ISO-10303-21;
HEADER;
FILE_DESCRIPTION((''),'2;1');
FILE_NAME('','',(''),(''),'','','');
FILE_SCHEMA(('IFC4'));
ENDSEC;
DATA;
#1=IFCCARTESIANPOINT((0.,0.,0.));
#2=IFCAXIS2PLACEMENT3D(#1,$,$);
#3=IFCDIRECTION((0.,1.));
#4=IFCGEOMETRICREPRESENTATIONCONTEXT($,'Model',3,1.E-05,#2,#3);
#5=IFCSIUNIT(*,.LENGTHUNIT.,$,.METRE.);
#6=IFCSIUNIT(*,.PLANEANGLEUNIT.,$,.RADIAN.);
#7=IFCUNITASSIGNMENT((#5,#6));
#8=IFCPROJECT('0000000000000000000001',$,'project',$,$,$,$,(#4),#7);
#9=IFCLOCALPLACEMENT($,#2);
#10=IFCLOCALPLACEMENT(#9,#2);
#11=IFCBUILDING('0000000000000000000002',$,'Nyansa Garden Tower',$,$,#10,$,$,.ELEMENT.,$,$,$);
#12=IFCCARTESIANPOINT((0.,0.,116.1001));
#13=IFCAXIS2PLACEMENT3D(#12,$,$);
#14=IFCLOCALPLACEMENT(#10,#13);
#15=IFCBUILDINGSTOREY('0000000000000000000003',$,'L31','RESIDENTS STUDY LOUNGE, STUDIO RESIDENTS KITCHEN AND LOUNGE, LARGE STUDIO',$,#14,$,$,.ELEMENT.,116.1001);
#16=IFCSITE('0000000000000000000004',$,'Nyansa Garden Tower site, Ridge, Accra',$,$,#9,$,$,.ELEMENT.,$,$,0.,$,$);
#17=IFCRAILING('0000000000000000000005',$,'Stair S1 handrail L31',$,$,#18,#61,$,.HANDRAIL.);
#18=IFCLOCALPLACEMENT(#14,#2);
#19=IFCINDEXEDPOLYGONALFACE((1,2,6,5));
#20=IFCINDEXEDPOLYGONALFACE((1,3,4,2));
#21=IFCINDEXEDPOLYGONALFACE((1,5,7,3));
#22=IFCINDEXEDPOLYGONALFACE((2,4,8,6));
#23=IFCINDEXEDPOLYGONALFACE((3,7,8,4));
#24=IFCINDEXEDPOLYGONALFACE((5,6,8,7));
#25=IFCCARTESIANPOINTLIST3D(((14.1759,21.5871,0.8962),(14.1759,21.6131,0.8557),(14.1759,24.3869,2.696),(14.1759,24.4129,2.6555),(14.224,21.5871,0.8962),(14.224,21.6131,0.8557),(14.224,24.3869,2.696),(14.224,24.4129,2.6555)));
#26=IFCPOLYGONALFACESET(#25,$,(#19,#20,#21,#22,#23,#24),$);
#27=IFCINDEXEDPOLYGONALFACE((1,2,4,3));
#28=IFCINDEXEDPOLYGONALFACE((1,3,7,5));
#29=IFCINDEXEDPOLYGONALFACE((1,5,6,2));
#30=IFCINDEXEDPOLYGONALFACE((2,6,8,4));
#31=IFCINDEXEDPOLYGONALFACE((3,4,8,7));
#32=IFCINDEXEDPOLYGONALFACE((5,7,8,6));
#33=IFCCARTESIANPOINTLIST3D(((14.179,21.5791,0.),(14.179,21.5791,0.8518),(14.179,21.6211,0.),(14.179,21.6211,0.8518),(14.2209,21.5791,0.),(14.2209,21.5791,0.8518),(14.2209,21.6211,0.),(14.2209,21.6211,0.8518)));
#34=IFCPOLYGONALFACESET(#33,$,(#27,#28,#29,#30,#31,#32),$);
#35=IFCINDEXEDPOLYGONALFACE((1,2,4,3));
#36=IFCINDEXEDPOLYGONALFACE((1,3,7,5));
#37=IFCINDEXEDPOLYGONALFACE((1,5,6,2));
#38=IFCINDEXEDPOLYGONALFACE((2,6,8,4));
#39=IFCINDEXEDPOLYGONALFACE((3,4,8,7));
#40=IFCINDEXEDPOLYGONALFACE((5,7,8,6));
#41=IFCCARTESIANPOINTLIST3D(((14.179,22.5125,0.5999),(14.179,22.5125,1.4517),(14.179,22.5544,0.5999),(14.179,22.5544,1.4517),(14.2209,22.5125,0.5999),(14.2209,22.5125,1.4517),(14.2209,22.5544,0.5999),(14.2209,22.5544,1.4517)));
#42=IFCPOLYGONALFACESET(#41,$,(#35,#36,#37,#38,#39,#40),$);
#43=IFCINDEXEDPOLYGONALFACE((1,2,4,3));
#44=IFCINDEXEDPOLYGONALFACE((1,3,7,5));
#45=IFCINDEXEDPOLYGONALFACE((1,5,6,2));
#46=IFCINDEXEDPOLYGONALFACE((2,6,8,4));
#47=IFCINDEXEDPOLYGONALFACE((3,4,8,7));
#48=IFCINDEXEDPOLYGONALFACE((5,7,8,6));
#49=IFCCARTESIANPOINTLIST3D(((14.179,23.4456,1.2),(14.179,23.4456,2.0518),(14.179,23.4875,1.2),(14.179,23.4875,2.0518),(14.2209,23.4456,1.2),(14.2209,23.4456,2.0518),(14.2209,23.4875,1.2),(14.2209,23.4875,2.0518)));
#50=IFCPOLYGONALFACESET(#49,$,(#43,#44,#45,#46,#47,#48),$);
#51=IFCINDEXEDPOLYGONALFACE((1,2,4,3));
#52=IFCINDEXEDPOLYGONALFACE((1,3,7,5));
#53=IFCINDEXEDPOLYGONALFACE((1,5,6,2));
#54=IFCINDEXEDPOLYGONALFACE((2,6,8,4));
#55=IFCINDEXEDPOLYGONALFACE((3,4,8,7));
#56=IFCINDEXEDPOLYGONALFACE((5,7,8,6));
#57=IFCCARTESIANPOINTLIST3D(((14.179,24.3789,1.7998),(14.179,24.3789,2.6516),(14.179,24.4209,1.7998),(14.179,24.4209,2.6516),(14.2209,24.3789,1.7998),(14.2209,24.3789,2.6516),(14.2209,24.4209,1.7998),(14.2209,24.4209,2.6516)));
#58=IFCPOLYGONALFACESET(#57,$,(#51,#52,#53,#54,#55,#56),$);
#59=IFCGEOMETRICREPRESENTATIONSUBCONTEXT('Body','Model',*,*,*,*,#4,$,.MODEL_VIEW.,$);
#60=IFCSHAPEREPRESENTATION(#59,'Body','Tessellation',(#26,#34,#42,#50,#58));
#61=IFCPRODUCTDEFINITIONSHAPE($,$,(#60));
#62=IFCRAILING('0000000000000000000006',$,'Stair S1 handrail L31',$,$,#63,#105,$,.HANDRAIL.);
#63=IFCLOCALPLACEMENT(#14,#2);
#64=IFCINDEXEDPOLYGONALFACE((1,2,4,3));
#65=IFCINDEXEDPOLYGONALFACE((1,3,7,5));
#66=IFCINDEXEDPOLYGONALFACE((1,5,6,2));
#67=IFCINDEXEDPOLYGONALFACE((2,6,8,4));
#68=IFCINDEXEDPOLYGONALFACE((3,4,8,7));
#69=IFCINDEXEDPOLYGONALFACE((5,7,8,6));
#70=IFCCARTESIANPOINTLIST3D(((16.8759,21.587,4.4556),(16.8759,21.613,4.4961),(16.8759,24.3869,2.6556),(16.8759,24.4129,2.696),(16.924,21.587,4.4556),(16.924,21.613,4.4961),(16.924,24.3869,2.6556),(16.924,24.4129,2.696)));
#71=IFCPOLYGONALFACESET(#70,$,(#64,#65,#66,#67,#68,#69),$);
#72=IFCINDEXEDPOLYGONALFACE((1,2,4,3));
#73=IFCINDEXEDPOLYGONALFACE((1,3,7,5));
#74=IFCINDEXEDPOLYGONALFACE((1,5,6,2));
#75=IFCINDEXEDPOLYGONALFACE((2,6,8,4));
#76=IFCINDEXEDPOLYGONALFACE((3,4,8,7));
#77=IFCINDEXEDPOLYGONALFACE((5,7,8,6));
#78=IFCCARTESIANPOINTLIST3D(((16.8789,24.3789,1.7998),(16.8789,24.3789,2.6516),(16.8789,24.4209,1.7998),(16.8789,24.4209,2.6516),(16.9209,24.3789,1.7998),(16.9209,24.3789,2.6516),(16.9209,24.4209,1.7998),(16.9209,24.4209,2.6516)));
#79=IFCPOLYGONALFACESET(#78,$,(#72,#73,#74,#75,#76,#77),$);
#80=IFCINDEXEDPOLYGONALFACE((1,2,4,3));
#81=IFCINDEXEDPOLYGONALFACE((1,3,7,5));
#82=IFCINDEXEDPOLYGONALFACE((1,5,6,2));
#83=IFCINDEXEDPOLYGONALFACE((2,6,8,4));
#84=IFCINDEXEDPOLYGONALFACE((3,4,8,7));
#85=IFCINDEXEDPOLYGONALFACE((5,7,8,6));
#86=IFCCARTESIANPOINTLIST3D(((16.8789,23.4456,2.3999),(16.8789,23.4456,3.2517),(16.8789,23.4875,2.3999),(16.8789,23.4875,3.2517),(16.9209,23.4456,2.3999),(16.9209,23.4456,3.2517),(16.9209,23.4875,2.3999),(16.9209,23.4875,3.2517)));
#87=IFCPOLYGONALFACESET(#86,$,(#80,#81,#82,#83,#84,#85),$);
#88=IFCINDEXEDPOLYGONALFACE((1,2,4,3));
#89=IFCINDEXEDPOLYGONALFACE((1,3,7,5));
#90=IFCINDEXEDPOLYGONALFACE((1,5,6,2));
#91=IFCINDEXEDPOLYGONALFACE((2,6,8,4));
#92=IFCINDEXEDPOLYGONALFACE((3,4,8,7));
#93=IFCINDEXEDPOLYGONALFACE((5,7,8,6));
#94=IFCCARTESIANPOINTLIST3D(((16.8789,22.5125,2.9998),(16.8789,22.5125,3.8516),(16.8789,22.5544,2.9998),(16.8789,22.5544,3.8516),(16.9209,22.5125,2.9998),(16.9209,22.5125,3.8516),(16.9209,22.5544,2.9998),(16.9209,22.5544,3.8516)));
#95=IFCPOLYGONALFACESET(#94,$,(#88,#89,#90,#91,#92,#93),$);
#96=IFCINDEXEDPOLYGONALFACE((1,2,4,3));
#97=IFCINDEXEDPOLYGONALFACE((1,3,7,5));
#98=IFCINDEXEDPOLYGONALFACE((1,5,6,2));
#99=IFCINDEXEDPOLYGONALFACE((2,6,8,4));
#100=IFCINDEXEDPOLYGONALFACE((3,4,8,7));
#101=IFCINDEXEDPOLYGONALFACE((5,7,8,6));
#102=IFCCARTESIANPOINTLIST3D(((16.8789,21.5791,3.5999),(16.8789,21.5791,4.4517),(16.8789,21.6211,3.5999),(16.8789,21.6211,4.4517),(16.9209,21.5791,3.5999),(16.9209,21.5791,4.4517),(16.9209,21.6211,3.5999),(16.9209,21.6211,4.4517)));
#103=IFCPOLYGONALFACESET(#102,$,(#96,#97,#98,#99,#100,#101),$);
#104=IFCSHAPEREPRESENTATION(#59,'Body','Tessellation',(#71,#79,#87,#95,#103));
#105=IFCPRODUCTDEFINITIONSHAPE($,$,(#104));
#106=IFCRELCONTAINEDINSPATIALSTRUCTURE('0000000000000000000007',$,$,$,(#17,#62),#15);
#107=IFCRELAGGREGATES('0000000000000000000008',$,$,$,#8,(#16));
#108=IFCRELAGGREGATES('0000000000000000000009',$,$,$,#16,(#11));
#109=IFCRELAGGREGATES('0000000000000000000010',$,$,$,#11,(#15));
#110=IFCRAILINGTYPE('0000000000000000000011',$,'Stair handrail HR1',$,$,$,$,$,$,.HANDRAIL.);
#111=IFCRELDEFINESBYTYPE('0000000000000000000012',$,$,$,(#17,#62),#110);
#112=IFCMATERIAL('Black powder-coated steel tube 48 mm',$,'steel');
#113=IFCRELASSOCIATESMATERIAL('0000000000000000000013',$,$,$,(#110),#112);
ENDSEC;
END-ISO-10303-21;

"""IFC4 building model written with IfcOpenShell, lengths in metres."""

from ifc_helpers import new_model, si_unit, direction, frame, origin, origin_2d, place, context, subcontext, project, spatial, rectangle, extrude, material, type_object, element, save


model = new_model("IFC4")

# Units and contexts
model_context = context("Model", 3, precision=1e-05, world=origin(), true_north=direction((0.0, 1.0)))
body_context = subcontext(model_context, "Body", "Model", "MODEL_VIEW")
ifc_project = project(units=[si_unit("LENGTHUNIT", "METRE"), si_unit("PLANEANGLEUNIT", "RADIAN")], contexts=[model_context])

# Site, building, storey
site_placement = place(None, origin())
site = spatial("IfcSite", under=ifc_project, at=site_placement, Name="Nyansa Garden Tower site, Ridge, Accra", CompositionType="ELEMENT", RefElevation=0.0)
building_placement = place(site_placement, origin())
building = spatial("IfcBuilding", under=site, at=building_placement, Name="Nyansa Garden Tower", CompositionType="ELEMENT")
storey_placement = place(building_placement, frame((0.0, 0.0, 116.1001)))
storey = spatial("IfcBuildingStorey", under=building, at=storey_placement, Name="L31", Description="RESIDENTS STUDY LOUNGE, STUDIO RESIDENTS KITCHEN AND LOUNGE, LARGE STUDIO", CompositionType="ELEMENT", Elevation=116.1001)

# Railings
ifc_material_1 = material(Name="Black powder-coated steel tube 48 mm", Category="steel")
railing_type = type_object("IfcRailingType", Name="Stair handrail HR1", PredefinedType="HANDRAIL", material=ifc_material_1)
railing_1_placement = place(storey_placement, frame((14.2, 21.6001, 0.0)))
element("IfcRailing", 1, at=railing_1_placement, inside=storey, type_object=railing_type, Name="Stair S1 handrail L31", PredefinedType="HANDRAIL", context=body_context, shape_type="SweptSolid", body=[
    extrude(rectangle(XDim=0.0481, YDim=0.0481, at=origin_2d()), frame((0.0, 0.0, 0.876), z_axis=(0.0, 0.841188, 0.540743), x_axis=(-1.0, 0.0, 0.0)), (0.0, 0.0, 1.0), 3.3284),
    extrude(rectangle(XDim=0.042, YDim=0.042, at=origin_2d()), origin(), (0.0, 0.0, 1.0), 0.8518),
    extrude(rectangle(XDim=0.042, YDim=0.042, at=origin_2d()), frame((0.0, 0.9333, 0.5999)), (0.0, 0.0, 1.0), 0.8518),
    extrude(rectangle(XDim=0.042, YDim=0.042, at=origin_2d()), frame((0.0, 1.8665, 1.2)), (0.0, 0.0, 1.0), 0.8518),
    extrude(rectangle(XDim=0.042, YDim=0.042, at=origin_2d()), frame((0.0, 2.7998, 1.7998)), (0.0, 0.0, 1.0), 0.8518),
])
railing_2_placement = place(storey_placement, frame((16.8999, 24.3999, 1.7998)))
element("IfcRailing", 2, at=railing_2_placement, inside=storey, type_object=railing_type, Name="Stair S1 handrail L31", PredefinedType="HANDRAIL", context=body_context, shape_type="SweptSolid", body=[
    extrude(rectangle(XDim=0.0481, YDim=0.0481, at=origin_2d()), frame((0.0, 0.0, 0.876), z_axis=(0.0, -0.841155, 0.540795), x_axis=(1.0, 0.0, 0.0)), (0.0, 0.0, 1.0), 3.3286),
    extrude(rectangle(XDim=0.042, YDim=0.042, at=origin_2d()), origin(), (0.0, 0.0, 1.0), 0.8518),
    extrude(rectangle(XDim=0.042, YDim=0.042, at=origin_2d()), frame((0.0, -0.9333, 0.6001)), (0.0, 0.0, 1.0), 0.8518),
    extrude(rectangle(XDim=0.042, YDim=0.042, at=origin_2d()), frame((0.0, -1.8665, 1.2)), (0.0, 0.0, 1.0), 0.8518),
    extrude(rectangle(XDim=0.042, YDim=0.042, at=origin_2d()), frame((0.0, -2.7998, 1.8)), (0.0, 0.0, 1.0), 0.8518),
])

save(model, "model.ifc")
